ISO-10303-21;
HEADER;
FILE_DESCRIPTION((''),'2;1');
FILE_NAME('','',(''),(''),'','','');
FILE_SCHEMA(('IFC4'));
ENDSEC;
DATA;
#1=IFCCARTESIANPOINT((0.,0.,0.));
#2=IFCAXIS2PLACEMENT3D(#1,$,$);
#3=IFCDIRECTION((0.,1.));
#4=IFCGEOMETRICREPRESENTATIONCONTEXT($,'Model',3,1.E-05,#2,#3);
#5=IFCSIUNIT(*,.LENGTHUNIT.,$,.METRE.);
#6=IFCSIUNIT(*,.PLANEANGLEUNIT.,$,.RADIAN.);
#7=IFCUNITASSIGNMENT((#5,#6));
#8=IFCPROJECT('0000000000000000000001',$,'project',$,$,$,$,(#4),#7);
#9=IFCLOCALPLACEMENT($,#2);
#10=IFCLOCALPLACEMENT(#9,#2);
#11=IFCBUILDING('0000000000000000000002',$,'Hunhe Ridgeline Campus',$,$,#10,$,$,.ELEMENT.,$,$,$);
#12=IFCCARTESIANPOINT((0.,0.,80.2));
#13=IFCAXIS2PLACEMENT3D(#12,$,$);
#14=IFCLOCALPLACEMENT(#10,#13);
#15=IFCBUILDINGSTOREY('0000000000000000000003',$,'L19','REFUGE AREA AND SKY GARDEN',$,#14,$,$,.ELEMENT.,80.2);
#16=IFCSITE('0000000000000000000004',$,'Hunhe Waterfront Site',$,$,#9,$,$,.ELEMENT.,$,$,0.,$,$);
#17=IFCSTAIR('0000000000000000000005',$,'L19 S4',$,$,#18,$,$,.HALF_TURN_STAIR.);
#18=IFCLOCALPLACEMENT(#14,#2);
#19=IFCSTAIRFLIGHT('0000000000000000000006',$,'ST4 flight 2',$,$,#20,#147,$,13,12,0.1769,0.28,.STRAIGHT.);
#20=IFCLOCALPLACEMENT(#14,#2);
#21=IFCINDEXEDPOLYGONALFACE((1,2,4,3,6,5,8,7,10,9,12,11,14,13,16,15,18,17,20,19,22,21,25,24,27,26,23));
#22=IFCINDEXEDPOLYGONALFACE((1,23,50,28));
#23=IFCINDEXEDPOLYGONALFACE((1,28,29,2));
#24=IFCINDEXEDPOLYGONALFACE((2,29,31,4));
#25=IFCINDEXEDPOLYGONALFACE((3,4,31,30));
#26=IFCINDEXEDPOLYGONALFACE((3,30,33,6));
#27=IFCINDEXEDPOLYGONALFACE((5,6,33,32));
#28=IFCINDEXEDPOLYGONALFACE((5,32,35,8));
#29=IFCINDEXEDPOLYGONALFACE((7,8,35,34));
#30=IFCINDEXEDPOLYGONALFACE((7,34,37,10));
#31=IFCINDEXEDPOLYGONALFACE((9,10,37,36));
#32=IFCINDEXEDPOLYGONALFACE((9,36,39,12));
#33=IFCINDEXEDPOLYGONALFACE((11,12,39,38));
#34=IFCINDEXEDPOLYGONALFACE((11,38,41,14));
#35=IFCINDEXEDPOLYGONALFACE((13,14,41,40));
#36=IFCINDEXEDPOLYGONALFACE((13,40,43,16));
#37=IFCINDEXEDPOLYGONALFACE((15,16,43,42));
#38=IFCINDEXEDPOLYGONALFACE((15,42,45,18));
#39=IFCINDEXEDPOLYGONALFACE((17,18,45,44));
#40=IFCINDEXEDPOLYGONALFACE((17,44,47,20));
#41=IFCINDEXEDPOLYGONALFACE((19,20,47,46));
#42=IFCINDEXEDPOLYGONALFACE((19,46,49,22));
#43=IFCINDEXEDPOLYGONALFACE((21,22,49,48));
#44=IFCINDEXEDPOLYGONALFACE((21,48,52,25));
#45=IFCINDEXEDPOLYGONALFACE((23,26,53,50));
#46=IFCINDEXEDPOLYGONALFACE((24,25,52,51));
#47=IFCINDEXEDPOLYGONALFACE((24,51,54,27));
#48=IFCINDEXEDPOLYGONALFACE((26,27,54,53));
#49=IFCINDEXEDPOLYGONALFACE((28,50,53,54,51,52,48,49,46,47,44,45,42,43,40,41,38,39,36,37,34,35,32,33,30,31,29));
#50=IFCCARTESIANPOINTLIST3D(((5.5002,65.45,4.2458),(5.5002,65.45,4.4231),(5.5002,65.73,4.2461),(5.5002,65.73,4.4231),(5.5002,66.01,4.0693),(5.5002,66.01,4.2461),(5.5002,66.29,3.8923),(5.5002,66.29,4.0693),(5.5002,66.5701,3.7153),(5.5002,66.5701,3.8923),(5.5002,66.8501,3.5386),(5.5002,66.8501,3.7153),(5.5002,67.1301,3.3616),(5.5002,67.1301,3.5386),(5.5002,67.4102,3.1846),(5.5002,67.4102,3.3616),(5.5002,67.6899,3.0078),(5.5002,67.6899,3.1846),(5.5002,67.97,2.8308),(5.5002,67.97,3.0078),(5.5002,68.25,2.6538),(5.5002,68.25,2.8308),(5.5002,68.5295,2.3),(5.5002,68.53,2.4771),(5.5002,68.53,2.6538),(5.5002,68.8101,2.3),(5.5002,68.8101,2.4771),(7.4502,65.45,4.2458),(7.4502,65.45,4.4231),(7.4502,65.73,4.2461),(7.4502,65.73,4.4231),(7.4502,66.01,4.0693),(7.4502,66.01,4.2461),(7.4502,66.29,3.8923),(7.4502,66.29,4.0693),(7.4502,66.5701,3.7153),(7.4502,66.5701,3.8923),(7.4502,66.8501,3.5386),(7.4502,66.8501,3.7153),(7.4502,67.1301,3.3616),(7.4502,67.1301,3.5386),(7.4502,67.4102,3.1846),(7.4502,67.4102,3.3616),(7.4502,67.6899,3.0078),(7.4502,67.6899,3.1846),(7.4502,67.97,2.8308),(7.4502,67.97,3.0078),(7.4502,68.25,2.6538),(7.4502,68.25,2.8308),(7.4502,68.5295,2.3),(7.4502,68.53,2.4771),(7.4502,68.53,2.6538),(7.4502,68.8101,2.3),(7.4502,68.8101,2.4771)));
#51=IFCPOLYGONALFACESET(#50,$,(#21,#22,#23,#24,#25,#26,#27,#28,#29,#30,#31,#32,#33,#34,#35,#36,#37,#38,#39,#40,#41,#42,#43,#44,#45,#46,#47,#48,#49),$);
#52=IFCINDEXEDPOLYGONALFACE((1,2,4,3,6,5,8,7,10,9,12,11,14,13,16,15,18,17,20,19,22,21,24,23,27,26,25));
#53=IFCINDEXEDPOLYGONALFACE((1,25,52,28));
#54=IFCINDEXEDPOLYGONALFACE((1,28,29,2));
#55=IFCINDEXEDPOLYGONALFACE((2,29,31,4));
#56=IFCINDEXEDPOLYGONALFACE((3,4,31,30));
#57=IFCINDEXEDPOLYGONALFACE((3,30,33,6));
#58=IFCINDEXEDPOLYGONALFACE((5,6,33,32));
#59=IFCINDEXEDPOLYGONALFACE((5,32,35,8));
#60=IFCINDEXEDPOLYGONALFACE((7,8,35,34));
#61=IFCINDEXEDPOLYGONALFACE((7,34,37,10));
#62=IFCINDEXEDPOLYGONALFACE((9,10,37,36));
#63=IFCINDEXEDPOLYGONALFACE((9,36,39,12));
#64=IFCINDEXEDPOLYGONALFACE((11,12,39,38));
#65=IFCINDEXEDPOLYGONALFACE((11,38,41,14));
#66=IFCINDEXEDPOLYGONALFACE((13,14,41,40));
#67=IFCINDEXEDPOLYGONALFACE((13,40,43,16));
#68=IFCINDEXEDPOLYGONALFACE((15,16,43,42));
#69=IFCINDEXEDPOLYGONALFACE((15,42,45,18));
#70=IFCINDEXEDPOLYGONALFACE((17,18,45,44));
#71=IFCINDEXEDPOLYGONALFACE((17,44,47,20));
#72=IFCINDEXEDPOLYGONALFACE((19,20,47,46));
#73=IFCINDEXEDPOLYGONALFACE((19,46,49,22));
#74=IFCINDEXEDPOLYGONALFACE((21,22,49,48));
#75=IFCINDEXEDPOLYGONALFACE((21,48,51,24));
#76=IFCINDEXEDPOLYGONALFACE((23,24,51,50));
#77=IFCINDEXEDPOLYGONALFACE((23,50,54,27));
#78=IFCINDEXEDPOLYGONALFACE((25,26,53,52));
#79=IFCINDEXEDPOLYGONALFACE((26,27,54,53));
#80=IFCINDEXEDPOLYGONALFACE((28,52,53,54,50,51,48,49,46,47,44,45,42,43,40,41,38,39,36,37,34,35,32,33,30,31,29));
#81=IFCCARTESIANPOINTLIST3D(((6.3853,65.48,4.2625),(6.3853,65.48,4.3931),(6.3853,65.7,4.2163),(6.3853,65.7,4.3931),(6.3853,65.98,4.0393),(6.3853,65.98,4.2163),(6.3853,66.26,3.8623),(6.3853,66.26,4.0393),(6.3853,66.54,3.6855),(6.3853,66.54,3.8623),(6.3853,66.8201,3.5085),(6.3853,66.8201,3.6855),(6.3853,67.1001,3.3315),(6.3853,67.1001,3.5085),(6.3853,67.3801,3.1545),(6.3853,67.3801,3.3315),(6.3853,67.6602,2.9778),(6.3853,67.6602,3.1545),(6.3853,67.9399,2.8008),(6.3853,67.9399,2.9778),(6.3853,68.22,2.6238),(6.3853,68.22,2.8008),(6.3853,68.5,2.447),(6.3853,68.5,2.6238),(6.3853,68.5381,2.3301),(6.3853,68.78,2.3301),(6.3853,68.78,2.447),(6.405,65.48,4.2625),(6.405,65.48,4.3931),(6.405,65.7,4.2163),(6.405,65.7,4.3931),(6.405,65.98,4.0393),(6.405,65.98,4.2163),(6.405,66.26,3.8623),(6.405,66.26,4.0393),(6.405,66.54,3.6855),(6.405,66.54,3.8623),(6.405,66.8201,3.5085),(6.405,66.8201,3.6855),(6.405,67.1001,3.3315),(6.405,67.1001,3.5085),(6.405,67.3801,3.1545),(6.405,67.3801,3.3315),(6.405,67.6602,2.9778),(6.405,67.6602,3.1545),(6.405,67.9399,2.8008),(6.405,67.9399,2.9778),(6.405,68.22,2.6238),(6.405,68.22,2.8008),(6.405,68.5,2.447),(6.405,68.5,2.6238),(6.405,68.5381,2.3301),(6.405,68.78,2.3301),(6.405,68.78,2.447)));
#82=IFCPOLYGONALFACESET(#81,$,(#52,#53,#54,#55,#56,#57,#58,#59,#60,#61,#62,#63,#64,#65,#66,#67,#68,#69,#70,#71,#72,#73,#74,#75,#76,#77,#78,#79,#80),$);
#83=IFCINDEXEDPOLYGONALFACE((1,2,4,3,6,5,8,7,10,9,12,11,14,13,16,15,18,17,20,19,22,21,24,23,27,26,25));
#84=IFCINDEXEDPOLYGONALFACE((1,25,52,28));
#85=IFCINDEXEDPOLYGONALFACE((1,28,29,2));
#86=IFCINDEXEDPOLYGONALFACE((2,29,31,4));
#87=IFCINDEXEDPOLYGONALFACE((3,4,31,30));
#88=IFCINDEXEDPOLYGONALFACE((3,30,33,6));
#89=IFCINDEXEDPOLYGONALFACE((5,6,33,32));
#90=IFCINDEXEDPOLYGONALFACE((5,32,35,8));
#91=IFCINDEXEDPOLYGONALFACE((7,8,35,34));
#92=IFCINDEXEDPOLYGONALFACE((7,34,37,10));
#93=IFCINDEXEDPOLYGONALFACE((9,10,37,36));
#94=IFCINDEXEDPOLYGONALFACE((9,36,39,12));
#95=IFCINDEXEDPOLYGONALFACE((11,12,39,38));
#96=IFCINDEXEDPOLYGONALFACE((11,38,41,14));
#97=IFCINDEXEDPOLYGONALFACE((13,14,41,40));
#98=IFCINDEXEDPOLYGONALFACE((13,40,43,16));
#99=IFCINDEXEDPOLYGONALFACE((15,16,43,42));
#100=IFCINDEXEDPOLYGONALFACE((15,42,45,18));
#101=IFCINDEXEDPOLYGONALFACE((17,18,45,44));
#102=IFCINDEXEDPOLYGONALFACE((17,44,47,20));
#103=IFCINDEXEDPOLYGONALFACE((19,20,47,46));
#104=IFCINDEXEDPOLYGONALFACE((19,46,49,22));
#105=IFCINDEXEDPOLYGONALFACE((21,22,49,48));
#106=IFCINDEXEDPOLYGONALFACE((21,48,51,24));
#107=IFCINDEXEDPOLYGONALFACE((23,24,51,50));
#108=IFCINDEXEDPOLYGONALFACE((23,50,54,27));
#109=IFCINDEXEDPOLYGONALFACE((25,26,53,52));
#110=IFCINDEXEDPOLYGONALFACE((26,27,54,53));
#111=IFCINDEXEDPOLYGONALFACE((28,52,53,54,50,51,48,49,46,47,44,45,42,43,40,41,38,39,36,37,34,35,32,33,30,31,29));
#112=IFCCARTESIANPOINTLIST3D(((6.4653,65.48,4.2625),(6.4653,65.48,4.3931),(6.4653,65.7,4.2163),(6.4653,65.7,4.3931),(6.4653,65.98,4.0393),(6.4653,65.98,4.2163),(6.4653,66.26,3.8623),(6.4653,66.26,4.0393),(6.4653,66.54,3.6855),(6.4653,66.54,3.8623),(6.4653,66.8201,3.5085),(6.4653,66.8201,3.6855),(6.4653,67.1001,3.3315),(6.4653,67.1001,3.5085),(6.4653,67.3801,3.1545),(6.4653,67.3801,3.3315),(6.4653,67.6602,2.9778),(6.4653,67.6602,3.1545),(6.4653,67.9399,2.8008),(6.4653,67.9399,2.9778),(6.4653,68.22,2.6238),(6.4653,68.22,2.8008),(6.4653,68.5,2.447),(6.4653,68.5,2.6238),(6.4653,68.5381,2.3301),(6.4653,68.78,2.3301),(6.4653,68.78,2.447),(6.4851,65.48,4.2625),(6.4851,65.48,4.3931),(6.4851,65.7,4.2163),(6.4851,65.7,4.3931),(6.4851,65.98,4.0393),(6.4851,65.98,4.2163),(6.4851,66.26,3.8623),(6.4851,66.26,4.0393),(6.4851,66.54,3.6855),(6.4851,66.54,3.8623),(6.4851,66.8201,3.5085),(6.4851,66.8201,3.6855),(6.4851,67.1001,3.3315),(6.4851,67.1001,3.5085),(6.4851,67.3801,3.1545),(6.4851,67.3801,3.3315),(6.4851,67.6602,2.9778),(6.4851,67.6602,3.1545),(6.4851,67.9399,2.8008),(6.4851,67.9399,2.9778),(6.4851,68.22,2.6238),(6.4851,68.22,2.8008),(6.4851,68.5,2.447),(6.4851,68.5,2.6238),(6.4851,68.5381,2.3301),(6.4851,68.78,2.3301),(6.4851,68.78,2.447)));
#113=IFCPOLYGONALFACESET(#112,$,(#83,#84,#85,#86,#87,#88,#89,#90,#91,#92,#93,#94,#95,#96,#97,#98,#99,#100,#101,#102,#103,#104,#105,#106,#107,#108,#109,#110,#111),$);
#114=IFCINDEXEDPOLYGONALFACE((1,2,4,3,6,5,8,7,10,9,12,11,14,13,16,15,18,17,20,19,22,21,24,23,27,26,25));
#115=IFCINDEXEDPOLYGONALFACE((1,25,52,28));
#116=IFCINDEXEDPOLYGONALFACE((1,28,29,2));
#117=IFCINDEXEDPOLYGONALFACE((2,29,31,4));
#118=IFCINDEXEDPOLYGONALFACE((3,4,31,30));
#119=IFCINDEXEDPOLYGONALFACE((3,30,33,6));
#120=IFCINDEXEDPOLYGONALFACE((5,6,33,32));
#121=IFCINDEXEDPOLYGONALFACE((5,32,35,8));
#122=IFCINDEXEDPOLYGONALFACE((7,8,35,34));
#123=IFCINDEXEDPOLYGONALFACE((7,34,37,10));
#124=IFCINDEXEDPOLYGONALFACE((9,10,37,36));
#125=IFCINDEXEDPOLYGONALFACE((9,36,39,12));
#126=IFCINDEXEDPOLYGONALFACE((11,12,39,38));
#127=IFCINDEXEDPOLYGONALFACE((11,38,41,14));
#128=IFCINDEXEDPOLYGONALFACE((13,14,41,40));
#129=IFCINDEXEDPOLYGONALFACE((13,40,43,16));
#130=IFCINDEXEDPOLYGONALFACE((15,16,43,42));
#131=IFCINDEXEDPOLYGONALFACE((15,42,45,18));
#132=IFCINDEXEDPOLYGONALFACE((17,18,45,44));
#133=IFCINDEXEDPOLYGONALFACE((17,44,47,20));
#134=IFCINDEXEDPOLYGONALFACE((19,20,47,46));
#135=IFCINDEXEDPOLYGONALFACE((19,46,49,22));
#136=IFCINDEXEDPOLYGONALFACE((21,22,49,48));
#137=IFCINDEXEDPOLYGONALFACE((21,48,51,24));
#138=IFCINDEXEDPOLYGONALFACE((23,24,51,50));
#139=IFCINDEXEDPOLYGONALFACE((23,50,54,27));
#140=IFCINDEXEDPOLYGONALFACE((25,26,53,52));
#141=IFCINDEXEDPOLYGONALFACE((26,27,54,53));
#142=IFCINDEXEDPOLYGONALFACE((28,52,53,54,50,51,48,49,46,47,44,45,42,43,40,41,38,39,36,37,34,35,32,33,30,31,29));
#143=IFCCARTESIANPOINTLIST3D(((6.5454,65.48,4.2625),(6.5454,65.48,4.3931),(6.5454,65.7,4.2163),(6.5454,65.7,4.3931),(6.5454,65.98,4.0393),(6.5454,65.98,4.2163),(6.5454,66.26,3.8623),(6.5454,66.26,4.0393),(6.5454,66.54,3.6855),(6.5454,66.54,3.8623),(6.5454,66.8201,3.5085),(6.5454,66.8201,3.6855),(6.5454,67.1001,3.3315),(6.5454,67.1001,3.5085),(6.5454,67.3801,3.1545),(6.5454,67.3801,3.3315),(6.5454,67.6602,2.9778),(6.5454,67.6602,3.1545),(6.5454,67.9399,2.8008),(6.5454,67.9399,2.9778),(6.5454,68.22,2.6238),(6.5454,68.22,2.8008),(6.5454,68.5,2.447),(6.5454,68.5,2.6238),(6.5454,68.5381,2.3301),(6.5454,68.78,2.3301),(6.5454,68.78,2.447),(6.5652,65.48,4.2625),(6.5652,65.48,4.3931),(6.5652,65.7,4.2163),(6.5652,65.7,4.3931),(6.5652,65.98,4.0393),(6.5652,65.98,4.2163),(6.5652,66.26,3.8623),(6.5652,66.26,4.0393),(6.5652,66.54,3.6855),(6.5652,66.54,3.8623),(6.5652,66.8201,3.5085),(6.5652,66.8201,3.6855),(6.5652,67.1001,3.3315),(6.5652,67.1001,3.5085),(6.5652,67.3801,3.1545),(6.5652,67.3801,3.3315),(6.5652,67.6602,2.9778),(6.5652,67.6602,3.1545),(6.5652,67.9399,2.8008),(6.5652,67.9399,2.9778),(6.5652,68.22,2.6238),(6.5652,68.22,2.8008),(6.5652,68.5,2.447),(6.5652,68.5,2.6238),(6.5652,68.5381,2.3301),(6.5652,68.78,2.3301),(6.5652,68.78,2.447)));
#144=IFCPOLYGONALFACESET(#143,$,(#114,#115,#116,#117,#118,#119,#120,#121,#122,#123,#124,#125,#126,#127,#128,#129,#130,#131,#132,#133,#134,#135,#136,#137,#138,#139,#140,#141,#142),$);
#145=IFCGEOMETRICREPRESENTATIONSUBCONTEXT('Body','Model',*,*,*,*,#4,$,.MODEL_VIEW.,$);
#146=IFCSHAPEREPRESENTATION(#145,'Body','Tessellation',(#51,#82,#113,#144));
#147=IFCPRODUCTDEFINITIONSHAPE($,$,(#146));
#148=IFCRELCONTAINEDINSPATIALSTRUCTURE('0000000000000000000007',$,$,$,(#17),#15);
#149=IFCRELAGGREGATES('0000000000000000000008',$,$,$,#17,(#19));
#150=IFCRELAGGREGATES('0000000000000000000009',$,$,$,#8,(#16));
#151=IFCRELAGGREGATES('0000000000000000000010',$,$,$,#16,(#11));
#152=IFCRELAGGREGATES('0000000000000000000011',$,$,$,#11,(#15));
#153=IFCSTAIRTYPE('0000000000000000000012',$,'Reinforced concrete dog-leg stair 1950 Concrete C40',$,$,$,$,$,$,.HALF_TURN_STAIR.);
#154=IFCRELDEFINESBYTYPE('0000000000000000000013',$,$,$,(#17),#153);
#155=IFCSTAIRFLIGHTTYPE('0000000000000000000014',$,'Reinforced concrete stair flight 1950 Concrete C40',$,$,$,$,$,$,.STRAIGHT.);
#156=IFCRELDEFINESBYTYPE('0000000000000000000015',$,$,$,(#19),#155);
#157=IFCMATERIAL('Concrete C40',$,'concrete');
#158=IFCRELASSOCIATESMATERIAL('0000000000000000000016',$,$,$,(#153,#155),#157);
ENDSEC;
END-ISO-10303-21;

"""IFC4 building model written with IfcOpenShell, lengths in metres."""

from ifc_helpers import new_model, si_unit, direction, frame, origin, place, context, subcontext, project, spatial, polyline, outline, extrude, material, type_object, element, aggregate, save


model = new_model("IFC4")

# Units and contexts
model_context = context("Model", 3, precision=1e-05, world=origin(), true_north=direction((0.0, 1.0)))
body_context = subcontext(model_context, "Body", "Model", "MODEL_VIEW")
ifc_project = project(units=[si_unit("LENGTHUNIT", "METRE"), si_unit("PLANEANGLEUNIT", "RADIAN")], contexts=[model_context])

# Site, building, storey
site_placement = place(None, origin())
site = spatial("IfcSite", under=ifc_project, at=site_placement, Name="Hunhe Waterfront Site", CompositionType="ELEMENT", RefElevation=0.0)
building_placement = place(site_placement, origin())
building = spatial("IfcBuilding", under=site, at=building_placement, Name="Hunhe Ridgeline Campus", CompositionType="ELEMENT")
storey_placement = place(building_placement, frame((0.0, 0.0, 80.2)))
storey = spatial("IfcBuildingStorey", under=building, at=storey_placement, Name="L19", Description="REFUGE AREA AND SKY GARDEN", CompositionType="ELEMENT", Elevation=80.2)

# Stair, stair flight
ifc_material_1 = material(Name="Concrete C40", Category="concrete")
stair_type = type_object("IfcStairType", Name="Reinforced concrete dog-leg stair 1950 Concrete C40", PredefinedType="HALF_TURN_STAIR", material=ifc_material_1)
stair_flight_type = type_object("IfcStairFlightType", Name="Reinforced concrete stair flight 1950 Concrete C40", PredefinedType="STRAIGHT", material=ifc_material_1)
stair_1_placement = place(storey_placement, origin())
stair_1 = element("IfcStair", 1, at=stair_1_placement, inside=storey, type_object=stair_type, Name="L19 S4", PredefinedType="HALF_TURN_STAIR")
stair_flight_1_placement = place(storey_placement, frame((6.4751, 68.8101, 2.3), z_axis=(0.0, 0.0, 1.0), x_axis=(0.0, -1.0, 0.0)))
stair_flight_1 = element("IfcStairFlight", 2, at=stair_flight_1_placement, type_object=stair_flight_type, Name="ST4 flight 2", NumberOfRisers=13, NumberOfTreads=12, PredefinedType="STRAIGHT", RiserHeight=0.1769, TreadLength=0.28, context=body_context, shape_type="SweptSolid", body=[
    extrude(outline(polyline([(0.0, 0.0), (0.0, 0.177), (0.28, 0.177), (0.28, 0.3538), (0.5601, 0.3538), (0.5601, 0.5308), (0.8401, 0.5308), (0.8401, 0.7078), (1.1201, 0.7078), (1.1201, 0.8845), (1.3999, 0.8845), (1.3999, 1.0615), (1.6799, 1.0615), (1.6799, 1.2385), (1.96, 1.2385), (1.96, 1.4153), (2.24, 1.4153), (2.24, 1.5923), (2.52, 1.5923), (2.52, 1.7693), (2.8, 1.7693), (2.8, 1.946), (3.0801, 1.946), (3.0801, 2.123), (3.3601, 2.123), (3.3601, 2.3), (3.3601, 1.9458), (0.2805, 0.0), (0.0, 0.0)])), frame((0.0, 0.9751, 0.0), z_axis=(0.0, -1.0, 0.0), x_axis=(1.0, 0.0, 0.0)), (0.0, 0.0, 1.0), 1.95),
    extrude(outline(polyline([(0.03, 0.03), (0.03, 0.147), (0.3101, 0.147), (0.3101, 0.3237), (0.5901, 0.3237), (0.5901, 0.5007), (0.8701, 0.5007), (0.8701, 0.6777), (1.1499, 0.6777), (1.1499, 0.8545), (1.4299, 0.8545), (1.4299, 1.0315), (1.71, 1.0315), (1.71, 1.2085), (1.99, 1.2085), (1.99, 1.3855), (2.27, 1.3855), (2.27, 1.5623), (2.55, 1.5623), (2.55, 1.7393), (2.8301, 1.7393), (2.8301, 1.9163), (3.1101, 1.9163), (3.1101, 2.093), (3.3301, 2.093), (3.3301, 1.9624), (0.272, 0.03), (0.03, 0.03)])), frame((0.0, -0.0701, 0.0), z_axis=(0.0, -1.0, 0.0), x_axis=(1.0, 0.0, 0.0)), (0.0, 0.0, 1.0), 0.0198),
    extrude(outline(polyline([(0.03, 0.03), (0.03, 0.147), (0.3101, 0.147), (0.3101, 0.3237), (0.5901, 0.3237), (0.5901, 0.5007), (0.8701, 0.5007), (0.8701, 0.6777), (1.1499, 0.6777), (1.1499, 0.8545), (1.4299, 0.8545), (1.4299, 1.0315), (1.71, 1.0315), (1.71, 1.2085), (1.99, 1.2085), (1.99, 1.3855), (2.27, 1.3855), (2.27, 1.5623), (2.55, 1.5623), (2.55, 1.7393), (2.8301, 1.7393), (2.8301, 1.9163), (3.1101, 1.9163), (3.1101, 2.093), (3.3301, 2.093), (3.3301, 1.9624), (0.272, 0.03), (0.03, 0.03)])), frame((0.0, 0.01, 0.0), z_axis=(0.0, -1.0, 0.0), x_axis=(1.0, 0.0, 0.0)), (0.0, 0.0, 1.0), 0.0198),
    extrude(outline(polyline([(0.03, 0.03), (0.03, 0.147), (0.3101, 0.147), (0.3101, 0.3237), (0.5901, 0.3237), (0.5901, 0.5007), (0.8701, 0.5007), (0.8701, 0.6777), (1.1499, 0.6777), (1.1499, 0.8545), (1.4299, 0.8545), (1.4299, 1.0315), (1.71, 1.0315), (1.71, 1.2085), (1.99, 1.2085), (1.99, 1.3855), (2.27, 1.3855), (2.27, 1.5623), (2.55, 1.5623), (2.55, 1.7393), (2.8301, 1.7393), (2.8301, 1.9163), (3.1101, 1.9163), (3.1101, 2.093), (3.3301, 2.093), (3.3301, 1.9624), (0.272, 0.03), (0.03, 0.03)])), frame((0.0, 0.0901, 0.0), z_axis=(0.0, -1.0, 0.0), x_axis=(1.0, 0.0, 0.0)), (0.0, 0.0, 1.0), 0.0198),
])
aggregate(stair_1, [stair_flight_1])

save(model, "model.ifc")
